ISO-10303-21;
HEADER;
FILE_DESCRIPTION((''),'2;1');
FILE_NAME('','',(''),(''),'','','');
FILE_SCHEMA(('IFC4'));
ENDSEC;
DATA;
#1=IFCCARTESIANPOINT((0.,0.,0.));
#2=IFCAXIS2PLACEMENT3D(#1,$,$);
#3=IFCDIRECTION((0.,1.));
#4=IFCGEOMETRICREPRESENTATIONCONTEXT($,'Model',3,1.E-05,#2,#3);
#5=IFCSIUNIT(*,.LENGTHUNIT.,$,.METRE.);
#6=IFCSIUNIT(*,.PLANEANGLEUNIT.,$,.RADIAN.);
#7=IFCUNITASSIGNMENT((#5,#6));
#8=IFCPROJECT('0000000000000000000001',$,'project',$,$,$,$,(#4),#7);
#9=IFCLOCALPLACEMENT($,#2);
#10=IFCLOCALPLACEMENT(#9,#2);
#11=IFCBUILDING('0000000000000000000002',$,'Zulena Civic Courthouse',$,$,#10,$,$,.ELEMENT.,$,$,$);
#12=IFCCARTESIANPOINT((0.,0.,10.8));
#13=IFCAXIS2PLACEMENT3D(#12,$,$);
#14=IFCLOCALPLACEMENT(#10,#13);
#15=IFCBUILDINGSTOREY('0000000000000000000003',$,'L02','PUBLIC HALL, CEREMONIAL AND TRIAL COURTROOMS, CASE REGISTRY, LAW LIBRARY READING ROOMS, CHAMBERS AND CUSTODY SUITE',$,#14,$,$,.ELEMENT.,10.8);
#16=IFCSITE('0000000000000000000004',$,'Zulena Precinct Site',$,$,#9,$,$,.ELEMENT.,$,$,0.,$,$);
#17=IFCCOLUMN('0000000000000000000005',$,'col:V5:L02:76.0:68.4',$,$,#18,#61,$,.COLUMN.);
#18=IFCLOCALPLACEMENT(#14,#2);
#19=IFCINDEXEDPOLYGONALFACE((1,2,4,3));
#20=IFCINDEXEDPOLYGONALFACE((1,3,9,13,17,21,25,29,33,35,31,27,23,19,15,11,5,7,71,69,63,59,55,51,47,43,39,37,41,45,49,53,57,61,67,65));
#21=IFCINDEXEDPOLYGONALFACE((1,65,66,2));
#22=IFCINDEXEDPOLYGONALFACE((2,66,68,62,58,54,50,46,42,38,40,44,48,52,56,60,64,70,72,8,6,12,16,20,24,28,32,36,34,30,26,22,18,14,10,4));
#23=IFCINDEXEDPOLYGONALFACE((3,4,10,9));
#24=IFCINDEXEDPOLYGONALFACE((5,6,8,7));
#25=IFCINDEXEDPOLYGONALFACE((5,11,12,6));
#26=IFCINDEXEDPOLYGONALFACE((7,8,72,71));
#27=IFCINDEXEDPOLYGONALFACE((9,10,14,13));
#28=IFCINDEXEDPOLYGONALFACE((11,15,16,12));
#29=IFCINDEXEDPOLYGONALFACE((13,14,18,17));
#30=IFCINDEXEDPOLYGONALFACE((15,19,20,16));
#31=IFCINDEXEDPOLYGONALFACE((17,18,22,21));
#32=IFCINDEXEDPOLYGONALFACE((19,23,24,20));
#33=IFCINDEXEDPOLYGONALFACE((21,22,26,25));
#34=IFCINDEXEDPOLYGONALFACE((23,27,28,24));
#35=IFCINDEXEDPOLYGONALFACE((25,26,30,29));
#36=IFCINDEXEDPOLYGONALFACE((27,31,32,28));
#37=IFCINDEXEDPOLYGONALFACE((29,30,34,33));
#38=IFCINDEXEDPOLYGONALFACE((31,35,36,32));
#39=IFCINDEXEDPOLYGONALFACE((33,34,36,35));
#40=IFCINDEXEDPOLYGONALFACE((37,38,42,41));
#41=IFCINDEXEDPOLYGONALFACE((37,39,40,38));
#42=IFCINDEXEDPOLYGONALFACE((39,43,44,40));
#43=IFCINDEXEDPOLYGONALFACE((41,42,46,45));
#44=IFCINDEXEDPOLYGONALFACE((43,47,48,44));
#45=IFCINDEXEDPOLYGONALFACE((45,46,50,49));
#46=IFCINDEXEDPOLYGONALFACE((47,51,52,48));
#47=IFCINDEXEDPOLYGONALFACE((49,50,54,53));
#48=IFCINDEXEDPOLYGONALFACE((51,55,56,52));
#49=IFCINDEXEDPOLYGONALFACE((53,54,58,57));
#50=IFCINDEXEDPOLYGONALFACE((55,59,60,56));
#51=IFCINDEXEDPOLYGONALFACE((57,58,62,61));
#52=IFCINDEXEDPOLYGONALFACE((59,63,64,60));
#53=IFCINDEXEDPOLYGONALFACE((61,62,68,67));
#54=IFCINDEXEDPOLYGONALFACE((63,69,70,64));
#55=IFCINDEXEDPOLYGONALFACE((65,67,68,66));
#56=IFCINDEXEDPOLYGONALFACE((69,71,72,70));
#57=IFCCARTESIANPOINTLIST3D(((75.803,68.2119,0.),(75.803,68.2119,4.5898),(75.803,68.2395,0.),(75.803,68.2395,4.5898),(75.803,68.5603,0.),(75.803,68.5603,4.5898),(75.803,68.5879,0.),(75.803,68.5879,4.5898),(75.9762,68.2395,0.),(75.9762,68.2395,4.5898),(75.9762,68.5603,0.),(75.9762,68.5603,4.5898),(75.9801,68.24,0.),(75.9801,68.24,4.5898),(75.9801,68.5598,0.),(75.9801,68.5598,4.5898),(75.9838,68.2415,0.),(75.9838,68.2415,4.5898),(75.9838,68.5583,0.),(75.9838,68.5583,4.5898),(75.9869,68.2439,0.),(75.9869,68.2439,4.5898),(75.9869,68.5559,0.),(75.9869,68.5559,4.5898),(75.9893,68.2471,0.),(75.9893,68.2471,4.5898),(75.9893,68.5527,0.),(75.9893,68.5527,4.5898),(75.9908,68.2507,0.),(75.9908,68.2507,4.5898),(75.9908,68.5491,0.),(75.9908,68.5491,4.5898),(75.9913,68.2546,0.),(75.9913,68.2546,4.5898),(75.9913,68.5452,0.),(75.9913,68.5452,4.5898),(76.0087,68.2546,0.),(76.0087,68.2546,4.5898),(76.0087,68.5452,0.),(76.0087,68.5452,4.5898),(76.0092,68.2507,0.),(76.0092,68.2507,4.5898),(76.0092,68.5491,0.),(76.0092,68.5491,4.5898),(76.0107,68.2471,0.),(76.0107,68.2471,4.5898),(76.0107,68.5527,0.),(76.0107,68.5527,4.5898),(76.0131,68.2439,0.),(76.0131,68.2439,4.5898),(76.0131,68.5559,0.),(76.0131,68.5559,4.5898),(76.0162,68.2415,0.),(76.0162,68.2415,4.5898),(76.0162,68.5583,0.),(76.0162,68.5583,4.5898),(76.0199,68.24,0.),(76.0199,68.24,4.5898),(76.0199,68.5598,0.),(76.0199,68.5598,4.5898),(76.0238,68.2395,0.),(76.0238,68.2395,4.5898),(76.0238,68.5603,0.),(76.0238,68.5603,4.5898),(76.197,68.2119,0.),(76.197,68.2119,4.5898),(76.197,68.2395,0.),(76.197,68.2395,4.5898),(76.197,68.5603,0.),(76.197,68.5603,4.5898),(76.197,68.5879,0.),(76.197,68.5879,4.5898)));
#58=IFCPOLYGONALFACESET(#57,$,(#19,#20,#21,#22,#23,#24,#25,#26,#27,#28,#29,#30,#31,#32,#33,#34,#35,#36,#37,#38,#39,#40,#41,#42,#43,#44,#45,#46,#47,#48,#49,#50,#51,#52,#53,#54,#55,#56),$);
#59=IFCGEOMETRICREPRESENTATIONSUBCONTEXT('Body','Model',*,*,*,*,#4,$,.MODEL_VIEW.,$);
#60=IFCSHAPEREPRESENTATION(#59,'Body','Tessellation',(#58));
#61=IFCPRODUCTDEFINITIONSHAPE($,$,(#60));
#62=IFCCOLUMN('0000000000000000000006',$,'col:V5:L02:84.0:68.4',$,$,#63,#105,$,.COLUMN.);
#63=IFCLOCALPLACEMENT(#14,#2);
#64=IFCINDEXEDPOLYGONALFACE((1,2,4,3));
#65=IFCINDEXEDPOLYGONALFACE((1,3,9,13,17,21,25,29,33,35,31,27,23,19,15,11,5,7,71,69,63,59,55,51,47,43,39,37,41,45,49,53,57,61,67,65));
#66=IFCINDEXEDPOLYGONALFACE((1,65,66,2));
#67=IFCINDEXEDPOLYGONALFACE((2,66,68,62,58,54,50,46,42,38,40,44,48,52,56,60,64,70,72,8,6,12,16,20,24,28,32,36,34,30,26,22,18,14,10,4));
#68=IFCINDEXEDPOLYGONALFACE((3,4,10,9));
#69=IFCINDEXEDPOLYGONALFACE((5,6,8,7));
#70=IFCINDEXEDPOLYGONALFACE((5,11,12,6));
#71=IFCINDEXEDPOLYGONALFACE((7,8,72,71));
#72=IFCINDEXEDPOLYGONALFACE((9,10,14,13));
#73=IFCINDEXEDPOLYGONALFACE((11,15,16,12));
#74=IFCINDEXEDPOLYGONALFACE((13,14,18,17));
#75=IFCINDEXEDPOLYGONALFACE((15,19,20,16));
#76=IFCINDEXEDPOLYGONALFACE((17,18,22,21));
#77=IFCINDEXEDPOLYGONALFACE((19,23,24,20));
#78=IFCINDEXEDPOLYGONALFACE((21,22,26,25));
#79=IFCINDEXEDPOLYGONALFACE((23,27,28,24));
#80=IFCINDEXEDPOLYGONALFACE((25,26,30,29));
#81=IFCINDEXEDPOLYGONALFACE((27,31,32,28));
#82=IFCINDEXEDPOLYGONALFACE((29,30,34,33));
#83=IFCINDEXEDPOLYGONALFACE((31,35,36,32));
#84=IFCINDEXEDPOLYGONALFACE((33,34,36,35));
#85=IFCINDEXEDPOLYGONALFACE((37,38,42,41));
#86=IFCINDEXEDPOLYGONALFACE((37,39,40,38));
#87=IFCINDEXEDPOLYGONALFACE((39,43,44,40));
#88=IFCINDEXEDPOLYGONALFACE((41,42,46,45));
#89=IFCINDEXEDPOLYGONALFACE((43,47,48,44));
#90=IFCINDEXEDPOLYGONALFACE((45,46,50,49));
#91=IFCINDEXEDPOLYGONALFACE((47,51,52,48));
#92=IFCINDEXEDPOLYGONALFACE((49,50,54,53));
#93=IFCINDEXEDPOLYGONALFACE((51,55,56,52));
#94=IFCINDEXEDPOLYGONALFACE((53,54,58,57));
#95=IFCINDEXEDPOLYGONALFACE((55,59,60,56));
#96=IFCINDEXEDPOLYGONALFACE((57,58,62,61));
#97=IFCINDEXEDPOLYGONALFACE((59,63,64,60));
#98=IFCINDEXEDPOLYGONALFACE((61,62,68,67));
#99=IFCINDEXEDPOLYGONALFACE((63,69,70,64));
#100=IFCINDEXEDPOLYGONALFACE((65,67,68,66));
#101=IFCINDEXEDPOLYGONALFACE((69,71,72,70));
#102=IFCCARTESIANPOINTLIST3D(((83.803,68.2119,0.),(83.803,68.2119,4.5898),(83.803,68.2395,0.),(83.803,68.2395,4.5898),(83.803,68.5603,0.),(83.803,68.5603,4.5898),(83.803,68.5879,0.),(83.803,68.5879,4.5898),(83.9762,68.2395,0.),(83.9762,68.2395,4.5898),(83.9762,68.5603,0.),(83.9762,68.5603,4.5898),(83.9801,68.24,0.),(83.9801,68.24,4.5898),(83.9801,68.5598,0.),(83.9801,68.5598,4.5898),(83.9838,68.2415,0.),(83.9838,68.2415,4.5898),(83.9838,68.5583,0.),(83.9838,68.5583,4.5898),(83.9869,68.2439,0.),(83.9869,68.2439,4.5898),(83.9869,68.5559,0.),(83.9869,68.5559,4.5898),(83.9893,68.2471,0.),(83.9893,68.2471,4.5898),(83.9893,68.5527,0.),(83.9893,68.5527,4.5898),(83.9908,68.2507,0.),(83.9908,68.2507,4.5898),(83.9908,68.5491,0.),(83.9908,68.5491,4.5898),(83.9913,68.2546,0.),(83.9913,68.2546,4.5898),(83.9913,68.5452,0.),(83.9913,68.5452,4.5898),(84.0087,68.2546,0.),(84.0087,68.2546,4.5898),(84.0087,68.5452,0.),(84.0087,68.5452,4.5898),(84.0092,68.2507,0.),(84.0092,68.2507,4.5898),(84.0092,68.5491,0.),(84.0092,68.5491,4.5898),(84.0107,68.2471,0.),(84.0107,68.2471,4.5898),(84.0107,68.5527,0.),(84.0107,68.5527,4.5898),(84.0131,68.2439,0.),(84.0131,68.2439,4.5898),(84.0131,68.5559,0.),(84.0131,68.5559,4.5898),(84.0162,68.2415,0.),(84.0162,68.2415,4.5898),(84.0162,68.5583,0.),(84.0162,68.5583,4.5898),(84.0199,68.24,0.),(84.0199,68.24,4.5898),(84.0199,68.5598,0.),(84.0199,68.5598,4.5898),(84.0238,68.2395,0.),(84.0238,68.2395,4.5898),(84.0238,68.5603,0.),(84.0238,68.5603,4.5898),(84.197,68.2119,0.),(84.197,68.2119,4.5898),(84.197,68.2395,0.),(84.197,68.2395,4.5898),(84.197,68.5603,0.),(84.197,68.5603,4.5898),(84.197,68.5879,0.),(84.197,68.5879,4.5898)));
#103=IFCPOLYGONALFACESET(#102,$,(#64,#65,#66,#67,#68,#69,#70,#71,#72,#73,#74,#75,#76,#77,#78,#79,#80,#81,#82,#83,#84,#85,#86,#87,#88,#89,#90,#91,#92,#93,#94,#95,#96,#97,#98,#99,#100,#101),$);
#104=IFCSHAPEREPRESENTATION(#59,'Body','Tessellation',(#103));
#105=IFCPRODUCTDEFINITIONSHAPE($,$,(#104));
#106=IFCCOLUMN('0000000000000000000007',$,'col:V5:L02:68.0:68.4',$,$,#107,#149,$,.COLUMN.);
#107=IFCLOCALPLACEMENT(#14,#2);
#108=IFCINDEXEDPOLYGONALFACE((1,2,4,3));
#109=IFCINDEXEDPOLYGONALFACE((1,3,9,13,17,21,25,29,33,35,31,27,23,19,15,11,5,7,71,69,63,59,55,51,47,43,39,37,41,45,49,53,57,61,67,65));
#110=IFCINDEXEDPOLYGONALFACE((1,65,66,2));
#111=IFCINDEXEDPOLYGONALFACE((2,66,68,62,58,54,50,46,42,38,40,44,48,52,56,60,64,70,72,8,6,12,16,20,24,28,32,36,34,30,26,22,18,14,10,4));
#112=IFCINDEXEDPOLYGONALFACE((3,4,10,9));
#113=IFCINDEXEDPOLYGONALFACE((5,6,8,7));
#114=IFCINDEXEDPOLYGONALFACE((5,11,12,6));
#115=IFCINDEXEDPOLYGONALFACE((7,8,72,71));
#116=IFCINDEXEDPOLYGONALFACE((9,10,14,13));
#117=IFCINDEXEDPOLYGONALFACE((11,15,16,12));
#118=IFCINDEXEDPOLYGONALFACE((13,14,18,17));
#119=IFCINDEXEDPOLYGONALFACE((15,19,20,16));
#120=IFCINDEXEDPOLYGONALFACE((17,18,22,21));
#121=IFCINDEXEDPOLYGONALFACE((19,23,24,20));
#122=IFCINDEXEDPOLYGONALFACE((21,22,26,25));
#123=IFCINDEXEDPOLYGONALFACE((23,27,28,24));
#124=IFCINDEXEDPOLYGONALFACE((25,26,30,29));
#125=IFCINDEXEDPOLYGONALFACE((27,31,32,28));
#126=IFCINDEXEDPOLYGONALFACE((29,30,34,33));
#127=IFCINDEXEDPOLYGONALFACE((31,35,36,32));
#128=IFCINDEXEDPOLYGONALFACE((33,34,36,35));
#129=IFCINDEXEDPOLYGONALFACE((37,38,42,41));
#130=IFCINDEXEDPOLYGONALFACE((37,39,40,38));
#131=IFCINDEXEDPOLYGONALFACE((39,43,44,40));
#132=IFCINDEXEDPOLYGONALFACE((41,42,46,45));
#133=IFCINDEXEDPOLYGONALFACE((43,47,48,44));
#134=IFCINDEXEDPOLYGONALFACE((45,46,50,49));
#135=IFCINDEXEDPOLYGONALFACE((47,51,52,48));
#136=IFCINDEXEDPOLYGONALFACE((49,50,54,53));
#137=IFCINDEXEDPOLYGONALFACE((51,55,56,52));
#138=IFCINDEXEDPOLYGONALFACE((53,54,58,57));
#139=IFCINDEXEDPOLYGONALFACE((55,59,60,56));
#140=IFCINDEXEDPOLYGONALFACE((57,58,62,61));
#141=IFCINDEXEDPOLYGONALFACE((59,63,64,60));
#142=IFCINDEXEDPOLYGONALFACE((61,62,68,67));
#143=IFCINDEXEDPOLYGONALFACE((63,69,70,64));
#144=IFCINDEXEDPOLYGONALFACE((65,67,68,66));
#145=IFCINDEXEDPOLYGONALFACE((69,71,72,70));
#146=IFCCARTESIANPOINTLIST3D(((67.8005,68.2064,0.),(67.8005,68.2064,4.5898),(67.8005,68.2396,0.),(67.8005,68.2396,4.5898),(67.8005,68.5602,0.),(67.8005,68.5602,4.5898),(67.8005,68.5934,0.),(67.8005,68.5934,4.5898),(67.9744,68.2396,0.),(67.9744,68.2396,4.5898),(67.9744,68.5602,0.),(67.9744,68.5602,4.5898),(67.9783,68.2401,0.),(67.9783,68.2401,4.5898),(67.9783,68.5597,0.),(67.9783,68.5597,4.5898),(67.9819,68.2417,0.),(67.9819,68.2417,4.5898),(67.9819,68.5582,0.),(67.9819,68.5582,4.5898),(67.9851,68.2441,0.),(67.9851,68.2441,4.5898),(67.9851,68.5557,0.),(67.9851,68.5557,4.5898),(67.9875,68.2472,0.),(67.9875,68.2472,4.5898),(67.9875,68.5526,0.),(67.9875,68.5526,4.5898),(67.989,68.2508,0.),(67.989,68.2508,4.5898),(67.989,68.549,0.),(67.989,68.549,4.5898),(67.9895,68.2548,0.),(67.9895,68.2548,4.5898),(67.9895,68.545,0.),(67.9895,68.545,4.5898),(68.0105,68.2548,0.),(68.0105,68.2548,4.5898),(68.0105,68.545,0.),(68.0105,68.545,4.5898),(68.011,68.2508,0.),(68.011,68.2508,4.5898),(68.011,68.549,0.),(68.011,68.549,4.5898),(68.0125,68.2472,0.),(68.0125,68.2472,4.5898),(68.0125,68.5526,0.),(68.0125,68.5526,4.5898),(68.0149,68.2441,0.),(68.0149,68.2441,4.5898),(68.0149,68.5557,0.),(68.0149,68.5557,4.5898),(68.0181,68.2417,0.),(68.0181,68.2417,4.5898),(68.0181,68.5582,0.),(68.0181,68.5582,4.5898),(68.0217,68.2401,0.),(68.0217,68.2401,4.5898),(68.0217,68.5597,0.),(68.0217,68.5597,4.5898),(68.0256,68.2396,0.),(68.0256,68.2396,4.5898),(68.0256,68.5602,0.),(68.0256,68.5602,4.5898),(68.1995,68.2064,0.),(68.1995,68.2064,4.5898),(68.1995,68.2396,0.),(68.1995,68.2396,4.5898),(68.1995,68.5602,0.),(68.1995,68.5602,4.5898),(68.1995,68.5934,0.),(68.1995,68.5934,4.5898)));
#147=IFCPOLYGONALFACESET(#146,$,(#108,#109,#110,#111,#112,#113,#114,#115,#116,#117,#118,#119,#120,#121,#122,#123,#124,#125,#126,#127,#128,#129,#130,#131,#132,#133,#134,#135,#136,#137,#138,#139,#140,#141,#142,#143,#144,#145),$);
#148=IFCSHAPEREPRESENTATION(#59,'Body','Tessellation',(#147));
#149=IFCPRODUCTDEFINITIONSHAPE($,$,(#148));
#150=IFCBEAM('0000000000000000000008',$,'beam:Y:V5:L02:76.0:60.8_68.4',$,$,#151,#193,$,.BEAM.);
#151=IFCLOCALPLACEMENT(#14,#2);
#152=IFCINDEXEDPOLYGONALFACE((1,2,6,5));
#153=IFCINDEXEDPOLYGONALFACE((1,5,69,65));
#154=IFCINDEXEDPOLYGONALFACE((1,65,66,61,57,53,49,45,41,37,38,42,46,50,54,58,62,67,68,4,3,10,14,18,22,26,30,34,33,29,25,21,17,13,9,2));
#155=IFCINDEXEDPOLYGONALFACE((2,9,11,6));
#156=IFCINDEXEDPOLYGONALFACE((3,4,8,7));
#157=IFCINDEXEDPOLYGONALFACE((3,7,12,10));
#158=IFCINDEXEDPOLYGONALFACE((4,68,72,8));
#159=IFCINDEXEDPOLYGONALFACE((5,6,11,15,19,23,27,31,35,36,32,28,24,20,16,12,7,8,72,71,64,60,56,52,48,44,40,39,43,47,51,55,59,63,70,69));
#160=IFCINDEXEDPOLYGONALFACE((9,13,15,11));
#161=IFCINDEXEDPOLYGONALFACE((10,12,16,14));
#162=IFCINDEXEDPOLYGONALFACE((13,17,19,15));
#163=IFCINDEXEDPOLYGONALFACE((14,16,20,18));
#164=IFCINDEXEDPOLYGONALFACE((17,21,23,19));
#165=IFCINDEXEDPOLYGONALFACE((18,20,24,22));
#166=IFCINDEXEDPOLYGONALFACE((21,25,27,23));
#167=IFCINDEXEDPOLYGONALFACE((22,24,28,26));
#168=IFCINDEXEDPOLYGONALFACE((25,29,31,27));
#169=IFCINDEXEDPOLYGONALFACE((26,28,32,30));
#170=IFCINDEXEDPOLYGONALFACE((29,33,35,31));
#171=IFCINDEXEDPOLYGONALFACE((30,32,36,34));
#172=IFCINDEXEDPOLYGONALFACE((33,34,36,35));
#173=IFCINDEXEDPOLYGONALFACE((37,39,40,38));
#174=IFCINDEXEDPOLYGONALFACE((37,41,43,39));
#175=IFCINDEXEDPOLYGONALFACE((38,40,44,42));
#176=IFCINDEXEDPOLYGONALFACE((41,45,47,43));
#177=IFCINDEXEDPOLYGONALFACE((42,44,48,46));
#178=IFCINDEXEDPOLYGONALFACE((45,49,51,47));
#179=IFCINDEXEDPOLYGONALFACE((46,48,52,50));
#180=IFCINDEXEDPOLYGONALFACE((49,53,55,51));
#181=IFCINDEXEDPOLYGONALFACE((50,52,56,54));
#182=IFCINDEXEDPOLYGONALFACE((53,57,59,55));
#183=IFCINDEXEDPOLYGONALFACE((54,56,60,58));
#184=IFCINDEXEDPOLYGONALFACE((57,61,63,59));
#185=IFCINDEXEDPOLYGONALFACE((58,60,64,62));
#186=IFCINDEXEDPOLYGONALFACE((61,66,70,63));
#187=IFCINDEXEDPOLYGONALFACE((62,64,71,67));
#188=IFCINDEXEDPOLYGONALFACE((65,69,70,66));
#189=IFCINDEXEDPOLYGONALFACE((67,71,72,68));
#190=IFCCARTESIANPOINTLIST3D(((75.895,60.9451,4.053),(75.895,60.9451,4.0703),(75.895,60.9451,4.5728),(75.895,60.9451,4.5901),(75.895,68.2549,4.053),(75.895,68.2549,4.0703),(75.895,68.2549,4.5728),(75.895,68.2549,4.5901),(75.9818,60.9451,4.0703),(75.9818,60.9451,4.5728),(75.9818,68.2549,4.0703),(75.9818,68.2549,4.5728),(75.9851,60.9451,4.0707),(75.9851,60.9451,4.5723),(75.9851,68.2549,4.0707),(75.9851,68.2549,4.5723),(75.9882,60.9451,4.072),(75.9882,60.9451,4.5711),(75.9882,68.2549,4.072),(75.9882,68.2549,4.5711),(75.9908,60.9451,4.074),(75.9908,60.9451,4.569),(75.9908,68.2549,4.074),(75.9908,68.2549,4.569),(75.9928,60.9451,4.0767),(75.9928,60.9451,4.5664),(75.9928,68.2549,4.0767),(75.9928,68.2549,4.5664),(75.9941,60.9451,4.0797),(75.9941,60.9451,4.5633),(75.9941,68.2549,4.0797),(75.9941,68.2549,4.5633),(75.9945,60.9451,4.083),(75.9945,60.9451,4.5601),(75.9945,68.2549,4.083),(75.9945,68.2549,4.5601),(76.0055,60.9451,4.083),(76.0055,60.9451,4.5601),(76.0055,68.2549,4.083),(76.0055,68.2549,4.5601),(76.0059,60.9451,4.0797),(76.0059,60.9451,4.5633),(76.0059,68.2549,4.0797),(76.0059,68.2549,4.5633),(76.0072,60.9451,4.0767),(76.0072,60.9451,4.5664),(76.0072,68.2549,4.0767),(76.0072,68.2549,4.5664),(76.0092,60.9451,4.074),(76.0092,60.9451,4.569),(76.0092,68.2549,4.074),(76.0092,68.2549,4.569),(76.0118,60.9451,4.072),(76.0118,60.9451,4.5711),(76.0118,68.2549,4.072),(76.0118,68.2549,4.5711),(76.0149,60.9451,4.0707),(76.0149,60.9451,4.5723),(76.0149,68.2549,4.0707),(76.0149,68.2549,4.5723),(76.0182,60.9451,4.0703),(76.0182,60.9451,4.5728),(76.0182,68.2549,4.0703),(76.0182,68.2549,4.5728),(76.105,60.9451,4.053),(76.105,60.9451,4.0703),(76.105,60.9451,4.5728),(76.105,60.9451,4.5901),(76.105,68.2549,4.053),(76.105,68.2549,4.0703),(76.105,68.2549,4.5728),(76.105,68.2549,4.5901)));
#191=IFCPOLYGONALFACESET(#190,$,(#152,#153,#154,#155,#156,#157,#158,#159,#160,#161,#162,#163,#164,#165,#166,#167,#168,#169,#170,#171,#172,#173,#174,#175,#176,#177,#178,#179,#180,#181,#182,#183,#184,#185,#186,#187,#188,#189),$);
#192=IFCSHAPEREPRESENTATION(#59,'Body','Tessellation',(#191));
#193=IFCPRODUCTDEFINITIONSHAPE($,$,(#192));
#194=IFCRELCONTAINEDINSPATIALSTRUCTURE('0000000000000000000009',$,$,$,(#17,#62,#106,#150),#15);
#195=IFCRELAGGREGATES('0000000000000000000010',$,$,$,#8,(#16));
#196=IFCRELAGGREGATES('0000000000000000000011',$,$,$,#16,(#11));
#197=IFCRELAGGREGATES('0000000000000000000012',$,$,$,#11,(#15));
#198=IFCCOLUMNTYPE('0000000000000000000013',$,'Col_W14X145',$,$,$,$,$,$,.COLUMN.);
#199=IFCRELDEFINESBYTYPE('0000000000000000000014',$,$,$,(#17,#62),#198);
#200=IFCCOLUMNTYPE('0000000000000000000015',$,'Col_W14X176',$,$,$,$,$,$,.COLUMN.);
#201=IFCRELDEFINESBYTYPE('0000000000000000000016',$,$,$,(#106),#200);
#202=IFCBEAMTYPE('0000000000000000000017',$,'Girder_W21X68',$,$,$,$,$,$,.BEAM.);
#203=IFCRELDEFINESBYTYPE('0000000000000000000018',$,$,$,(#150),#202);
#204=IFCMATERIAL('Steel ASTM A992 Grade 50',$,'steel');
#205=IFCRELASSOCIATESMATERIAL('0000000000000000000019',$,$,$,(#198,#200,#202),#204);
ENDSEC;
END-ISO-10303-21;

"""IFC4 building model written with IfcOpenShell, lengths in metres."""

from ifc_helpers import new_model, si_unit, direction, frame, origin, origin_2d, place, context, subcontext, project, spatial, i_section, extrude, material, material_profile, profile_set, type_object, element, save


model = new_model("IFC4")

# Units and contexts
model_context = context("Model", 3, precision=1e-05, world=origin(), true_north=direction((0.0, 1.0)))
body_context = subcontext(model_context, "Body", "Model", "MODEL_VIEW")
ifc_project = project(units=[si_unit("LENGTHUNIT", "METRE"), si_unit("PLANEANGLEUNIT", "RADIAN")], contexts=[model_context])

# Site, building, storey
site_placement = place(None, origin())
site = spatial("IfcSite", under=ifc_project, at=site_placement, Name="Zulena Precinct Site", CompositionType="ELEMENT", RefElevation=0.0)
building_placement = place(site_placement, origin())
building = spatial("IfcBuilding", under=site, at=building_placement, Name="Zulena Civic Courthouse", CompositionType="ELEMENT")
storey_placement = place(building_placement, frame((0.0, 0.0, 10.8)))
storey = spatial("IfcBuildingStorey", under=building, at=storey_placement, Name="L02", Description="PUBLIC HALL, CEREMONIAL AND TRIAL COURTROOMS, CASE REGISTRY, LAW LIBRARY READING ROOMS, CHAMBERS AND CUSTODY SUITE", CompositionType="ELEMENT", Elevation=10.8)

# Columns
ifc_material_1 = material(Name="Steel ASTM A992 Grade 50", Category="steel")
ifc_material_profile_1 = material_profile(ifc_material_1, i_section(OverallWidth=0.394, OverallDepth=0.376, WebThickness=0.0173, FlangeThickness=0.0276, FilletRadius=0.0151, at=origin_2d()), Name="W14X145")
ifc_profile_set_1 = profile_set([ifc_material_profile_1], Name="Steel ASTM A992 Grade 50")
column_type_1 = type_object("IfcColumnType", Name="Col_W14X145", PredefinedType="COLUMN", material=ifc_profile_set_1)
for number, where, z_axis, x_axis, name in (
    (1, (76.0, 68.3999, 0.0), (0.0, 0.0, 1.0), (1.0, 0.0, 0.0), "col:V5:L02:76.0:68.4"),
    (2, (84.0, 68.3999, 0.0), (0.0, 0.0, 1.0), (1.0, 0.0, 0.0), "col:V5:L02:84.0:68.4"),
):
    element("IfcColumn", number, at=place(storey_placement, frame(where, z_axis=z_axis, x_axis=x_axis)), inside=storey, type_object=column_type_1, Name=name, PredefinedType="COLUMN", context=body_context, shape_type="SweptSolid", body=[
        extrude(i_section(OverallWidth=0.394, OverallDepth=0.376, WebThickness=0.0173, FlangeThickness=0.0276, FilletRadius=0.0151, at=origin_2d()), origin(), (0.0, 0.0, 1.0), 4.5898),
    ])
ifc_material_profile_2 = material_profile(ifc_material_1, i_section(OverallWidth=0.3989, OverallDepth=0.387, WebThickness=0.021, FlangeThickness=0.0332, FilletRadius=0.0151, at=origin_2d()), Name="W14X176")
ifc_profile_set_2 = profile_set([ifc_material_profile_2], Name="Steel ASTM A992 Grade 50")
column_type_2 = type_object("IfcColumnType", Name="Col_W14X176", PredefinedType="COLUMN", material=ifc_profile_set_2)
column_placement = place(storey_placement, frame((68.0, 68.3999, 0.0), z_axis=(0.0, 0.0, 1.0), x_axis=(1.0, 0.0, 0.0)))
element("IfcColumn", 3, at=column_placement, inside=storey, type_object=column_type_2, Name="col:V5:L02:68.0:68.4", PredefinedType="COLUMN", context=body_context, shape_type="SweptSolid", body=[
    extrude(i_section(OverallWidth=0.3989, OverallDepth=0.387, WebThickness=0.021, FlangeThickness=0.0332, FilletRadius=0.0151, at=origin_2d()), origin(), (0.0, 0.0, 1.0), 4.5898),
])

# Beam
ifc_material_profile_3 = material_profile(ifc_material_1, i_section(OverallWidth=0.21, OverallDepth=0.5371, WebThickness=0.011, FlangeThickness=0.0173, FilletRadius=0.0127, at=origin_2d()), Name="W21X68")
ifc_profile_set_3 = profile_set([ifc_material_profile_3], Name="Steel ASTM A992 Grade 50")
beam_type_1 = type_object("IfcBeamType", Name="Girder_W21X68", PredefinedType="BEAM", material=ifc_profile_set_3)
beam_1_placement = place(storey_placement, frame((76.0, 60.9451, 4.3215), z_axis=(0.0, 1.0, 0.0), x_axis=(-1.0, 0.0, 0.0)))
element("IfcBeam", 4, at=beam_1_placement, inside=storey, type_object=beam_type_1, Name="beam:Y:V5:L02:76.0:60.8_68.4", PredefinedType="BEAM", context=body_context, shape_type="SweptSolid", body=[
    extrude(i_section(OverallWidth=0.21, OverallDepth=0.5371, WebThickness=0.011, FlangeThickness=0.0173, FilletRadius=0.0127, at=origin_2d()), origin(), (0.0, 0.0, 1.0), 7.3098),
])

save(model, "model.ifc")
